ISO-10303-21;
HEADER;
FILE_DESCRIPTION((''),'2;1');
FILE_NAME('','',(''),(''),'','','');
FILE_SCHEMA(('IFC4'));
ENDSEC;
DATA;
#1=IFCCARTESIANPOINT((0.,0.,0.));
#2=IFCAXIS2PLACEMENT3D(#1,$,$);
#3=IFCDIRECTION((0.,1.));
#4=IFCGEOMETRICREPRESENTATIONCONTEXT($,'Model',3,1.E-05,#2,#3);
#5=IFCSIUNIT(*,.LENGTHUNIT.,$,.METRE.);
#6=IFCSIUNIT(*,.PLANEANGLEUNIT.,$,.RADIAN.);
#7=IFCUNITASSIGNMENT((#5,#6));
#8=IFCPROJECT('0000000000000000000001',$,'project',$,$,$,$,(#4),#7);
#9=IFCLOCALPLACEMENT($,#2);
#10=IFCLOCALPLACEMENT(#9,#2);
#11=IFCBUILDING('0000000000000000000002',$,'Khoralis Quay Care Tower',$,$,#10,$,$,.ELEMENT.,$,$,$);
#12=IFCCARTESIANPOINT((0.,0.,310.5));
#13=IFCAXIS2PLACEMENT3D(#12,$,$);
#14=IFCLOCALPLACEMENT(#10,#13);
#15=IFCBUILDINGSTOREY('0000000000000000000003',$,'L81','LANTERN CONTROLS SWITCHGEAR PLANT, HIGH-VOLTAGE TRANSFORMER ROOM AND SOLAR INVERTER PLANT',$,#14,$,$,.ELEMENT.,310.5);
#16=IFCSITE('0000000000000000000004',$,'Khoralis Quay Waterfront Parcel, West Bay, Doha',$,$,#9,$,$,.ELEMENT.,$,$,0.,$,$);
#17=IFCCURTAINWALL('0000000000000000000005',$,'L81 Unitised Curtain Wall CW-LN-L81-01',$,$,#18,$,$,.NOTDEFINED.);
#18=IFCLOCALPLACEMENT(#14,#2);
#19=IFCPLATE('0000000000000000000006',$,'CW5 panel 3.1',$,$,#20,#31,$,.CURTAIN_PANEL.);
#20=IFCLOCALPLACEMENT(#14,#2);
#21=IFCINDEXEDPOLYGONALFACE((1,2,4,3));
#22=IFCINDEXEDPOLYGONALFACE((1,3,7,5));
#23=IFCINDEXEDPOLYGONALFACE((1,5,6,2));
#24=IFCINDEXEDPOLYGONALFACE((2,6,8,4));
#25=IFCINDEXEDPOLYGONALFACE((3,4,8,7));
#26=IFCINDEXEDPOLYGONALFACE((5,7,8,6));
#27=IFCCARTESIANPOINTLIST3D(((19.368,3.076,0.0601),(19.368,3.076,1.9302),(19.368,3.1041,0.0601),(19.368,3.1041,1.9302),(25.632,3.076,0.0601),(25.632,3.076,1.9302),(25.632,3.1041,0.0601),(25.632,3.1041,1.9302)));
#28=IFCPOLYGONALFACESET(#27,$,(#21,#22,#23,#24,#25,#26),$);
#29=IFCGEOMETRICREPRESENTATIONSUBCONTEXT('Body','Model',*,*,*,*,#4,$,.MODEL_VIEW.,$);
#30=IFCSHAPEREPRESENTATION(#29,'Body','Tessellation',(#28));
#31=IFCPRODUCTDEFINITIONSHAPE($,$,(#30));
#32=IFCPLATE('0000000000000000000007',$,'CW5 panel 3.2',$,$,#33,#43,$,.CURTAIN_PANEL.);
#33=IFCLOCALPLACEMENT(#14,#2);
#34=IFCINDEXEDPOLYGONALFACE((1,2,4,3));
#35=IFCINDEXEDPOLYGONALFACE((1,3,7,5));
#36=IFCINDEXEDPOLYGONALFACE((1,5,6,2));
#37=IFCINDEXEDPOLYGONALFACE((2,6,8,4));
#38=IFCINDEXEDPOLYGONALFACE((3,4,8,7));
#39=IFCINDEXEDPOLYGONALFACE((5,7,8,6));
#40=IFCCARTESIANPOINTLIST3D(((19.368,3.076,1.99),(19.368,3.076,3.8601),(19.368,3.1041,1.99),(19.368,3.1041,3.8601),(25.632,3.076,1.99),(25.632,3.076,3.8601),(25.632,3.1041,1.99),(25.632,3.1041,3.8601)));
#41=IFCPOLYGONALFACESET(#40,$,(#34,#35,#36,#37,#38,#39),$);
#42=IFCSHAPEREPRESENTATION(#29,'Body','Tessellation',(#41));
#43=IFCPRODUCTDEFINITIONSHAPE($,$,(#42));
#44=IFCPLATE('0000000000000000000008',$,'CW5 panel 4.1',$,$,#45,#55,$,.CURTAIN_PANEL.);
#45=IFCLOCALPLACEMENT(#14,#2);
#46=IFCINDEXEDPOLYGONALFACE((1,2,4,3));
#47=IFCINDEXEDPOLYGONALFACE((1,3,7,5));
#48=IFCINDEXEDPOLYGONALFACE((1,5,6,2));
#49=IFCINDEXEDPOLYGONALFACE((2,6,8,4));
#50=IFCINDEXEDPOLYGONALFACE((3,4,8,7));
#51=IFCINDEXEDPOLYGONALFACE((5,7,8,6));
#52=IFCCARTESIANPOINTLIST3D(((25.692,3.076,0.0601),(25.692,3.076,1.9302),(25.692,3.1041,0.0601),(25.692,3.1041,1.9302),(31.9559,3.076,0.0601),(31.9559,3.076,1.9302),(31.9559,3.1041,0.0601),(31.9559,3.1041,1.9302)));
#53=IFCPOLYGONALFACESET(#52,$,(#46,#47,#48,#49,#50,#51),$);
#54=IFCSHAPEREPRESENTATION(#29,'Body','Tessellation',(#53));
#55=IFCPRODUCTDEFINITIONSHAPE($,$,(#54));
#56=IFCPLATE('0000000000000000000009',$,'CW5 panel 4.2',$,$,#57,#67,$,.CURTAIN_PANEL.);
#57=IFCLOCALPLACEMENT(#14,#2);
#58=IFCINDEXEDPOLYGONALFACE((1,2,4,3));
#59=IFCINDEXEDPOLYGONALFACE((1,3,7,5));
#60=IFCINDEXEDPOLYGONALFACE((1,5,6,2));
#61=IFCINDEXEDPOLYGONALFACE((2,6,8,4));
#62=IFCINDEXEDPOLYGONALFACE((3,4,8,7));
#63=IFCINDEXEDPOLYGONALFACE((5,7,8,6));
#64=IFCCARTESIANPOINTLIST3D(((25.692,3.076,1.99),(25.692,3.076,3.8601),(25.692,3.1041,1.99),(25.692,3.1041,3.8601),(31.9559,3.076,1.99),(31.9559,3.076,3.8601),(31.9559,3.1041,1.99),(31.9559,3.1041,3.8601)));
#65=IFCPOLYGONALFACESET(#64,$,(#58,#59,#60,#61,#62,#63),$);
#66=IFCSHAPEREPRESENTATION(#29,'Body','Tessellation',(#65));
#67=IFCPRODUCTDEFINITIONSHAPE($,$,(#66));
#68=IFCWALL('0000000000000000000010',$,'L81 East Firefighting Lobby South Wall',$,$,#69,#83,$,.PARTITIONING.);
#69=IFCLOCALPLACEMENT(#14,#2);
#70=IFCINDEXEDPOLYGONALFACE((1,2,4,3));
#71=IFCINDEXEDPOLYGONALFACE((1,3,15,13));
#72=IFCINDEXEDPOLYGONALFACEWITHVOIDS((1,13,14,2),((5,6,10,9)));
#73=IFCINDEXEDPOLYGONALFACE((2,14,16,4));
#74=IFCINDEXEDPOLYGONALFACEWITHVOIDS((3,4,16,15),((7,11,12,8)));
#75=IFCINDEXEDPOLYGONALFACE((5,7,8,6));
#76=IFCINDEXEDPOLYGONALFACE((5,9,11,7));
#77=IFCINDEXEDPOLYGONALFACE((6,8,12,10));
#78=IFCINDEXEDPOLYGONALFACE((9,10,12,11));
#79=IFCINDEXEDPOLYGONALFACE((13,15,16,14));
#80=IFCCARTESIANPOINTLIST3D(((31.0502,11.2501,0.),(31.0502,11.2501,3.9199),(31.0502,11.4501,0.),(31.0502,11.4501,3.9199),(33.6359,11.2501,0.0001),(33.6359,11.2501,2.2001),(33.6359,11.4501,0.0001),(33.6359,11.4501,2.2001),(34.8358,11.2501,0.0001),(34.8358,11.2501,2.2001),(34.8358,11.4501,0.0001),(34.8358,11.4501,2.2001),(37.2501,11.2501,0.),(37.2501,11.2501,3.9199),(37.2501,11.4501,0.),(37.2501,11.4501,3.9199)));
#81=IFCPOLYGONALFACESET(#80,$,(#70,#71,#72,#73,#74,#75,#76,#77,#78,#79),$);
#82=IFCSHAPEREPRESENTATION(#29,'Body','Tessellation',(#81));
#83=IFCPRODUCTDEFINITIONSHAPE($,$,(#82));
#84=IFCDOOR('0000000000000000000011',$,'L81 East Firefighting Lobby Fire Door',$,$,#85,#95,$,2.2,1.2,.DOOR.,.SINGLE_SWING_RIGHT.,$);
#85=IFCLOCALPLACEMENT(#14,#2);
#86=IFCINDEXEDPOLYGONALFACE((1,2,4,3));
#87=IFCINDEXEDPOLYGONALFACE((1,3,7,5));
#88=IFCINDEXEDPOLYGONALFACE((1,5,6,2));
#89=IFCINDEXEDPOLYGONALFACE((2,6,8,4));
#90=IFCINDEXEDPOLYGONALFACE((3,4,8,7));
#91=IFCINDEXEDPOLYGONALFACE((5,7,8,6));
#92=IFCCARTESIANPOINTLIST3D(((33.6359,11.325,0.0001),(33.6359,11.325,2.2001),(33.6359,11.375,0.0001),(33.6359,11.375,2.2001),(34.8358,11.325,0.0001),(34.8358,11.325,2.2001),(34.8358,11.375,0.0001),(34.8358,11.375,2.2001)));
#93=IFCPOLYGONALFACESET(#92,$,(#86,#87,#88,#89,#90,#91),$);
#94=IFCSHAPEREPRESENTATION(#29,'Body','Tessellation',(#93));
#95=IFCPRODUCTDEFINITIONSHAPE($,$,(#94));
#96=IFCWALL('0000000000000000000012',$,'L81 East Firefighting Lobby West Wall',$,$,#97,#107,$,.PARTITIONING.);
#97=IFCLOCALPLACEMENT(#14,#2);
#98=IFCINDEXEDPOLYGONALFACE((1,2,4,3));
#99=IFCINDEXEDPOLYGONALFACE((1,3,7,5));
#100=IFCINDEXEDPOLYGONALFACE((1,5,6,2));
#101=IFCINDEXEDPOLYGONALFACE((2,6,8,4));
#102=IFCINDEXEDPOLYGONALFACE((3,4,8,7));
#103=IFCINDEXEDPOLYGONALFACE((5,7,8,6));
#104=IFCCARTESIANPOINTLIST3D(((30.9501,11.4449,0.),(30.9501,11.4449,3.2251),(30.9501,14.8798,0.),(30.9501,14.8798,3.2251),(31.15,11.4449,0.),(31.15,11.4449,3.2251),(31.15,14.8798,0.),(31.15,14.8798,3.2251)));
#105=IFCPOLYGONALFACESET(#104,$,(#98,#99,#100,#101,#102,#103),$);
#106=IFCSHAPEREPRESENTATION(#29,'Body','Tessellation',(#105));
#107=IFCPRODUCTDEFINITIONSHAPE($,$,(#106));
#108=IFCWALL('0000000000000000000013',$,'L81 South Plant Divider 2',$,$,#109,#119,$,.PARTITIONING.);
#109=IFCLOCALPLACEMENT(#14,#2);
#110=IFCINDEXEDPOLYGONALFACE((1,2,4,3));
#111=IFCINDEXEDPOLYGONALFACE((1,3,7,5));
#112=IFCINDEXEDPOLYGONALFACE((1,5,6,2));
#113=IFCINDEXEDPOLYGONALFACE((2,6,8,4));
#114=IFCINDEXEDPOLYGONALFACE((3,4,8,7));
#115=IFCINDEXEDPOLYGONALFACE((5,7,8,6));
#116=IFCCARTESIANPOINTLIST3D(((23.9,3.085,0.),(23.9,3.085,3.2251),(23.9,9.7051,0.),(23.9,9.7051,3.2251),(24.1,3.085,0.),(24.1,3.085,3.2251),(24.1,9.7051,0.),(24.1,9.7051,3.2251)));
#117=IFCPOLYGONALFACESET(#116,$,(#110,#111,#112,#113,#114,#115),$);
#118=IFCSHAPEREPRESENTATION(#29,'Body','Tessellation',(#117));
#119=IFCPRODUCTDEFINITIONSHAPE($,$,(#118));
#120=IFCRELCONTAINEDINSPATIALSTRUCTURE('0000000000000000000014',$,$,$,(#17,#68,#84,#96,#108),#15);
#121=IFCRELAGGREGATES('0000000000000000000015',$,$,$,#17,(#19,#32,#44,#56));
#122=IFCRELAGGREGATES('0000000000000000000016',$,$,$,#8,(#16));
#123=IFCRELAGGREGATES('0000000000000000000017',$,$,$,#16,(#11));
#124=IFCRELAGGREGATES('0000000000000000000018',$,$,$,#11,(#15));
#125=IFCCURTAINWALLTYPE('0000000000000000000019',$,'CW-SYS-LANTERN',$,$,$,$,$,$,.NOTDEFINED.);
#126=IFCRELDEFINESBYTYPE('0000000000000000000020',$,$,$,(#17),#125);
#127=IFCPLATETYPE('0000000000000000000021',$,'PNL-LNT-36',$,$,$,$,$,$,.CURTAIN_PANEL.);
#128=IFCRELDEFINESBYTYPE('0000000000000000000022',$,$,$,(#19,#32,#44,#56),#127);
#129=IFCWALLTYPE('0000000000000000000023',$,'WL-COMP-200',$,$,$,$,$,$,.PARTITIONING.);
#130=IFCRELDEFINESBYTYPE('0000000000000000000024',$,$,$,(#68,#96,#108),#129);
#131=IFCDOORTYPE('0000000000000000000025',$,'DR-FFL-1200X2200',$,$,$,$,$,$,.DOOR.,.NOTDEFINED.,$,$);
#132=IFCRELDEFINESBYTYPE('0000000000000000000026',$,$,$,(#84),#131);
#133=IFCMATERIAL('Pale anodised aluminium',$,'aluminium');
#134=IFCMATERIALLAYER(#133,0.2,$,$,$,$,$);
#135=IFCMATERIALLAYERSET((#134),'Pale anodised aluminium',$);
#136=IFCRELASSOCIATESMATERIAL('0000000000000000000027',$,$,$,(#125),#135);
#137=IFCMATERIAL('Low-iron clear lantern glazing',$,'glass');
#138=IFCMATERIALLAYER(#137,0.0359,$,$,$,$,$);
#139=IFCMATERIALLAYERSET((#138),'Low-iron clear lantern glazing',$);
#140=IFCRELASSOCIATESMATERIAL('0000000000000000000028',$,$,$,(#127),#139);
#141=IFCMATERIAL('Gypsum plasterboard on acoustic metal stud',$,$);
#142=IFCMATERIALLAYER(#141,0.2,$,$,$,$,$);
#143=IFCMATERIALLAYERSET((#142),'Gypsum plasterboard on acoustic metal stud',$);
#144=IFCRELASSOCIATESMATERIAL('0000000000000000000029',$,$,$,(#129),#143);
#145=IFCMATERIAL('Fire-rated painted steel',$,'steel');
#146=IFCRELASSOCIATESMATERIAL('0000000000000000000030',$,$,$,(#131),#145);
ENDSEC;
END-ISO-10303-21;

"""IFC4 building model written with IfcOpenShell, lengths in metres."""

from ifc_helpers import new_model, si_unit, direction, frame, frame_2d, origin, origin_2d, place, context, subcontext, project, spatial, rectangle, extrude, source, transform, mapped, material, layer, layer_set, type_object, element, fill, aggregate, save


model = new_model("IFC4")

# Units and contexts
model_context = context("Model", 3, precision=1e-05, world=origin(), true_north=direction((0.0, 1.0)))
body_context = subcontext(model_context, "Body", "Model", "MODEL_VIEW")
ifc_project = project(units=[si_unit("LENGTHUNIT", "METRE"), si_unit("PLANEANGLEUNIT", "RADIAN")], contexts=[model_context])

# Site, building, storey
site_placement = place(None, origin())
site = spatial("IfcSite", under=ifc_project, at=site_placement, Name="Khoralis Quay Waterfront Parcel, West Bay, Doha", CompositionType="ELEMENT", RefElevation=0.0)
building_placement = place(site_placement, origin())
building = spatial("IfcBuilding", under=site, at=building_placement, Name="Khoralis Quay Care Tower", CompositionType="ELEMENT")
storey_placement = place(building_placement, frame((0.0, 0.0, 310.5)))
storey = spatial("IfcBuildingStorey", under=building, at=storey_placement, Name="L81", Description="LANTERN CONTROLS SWITCHGEAR PLANT, HIGH-VOLTAGE TRANSFORMER ROOM AND SOLAR INVERTER PLANT", CompositionType="ELEMENT", Elevation=310.5)

# Curtain wall, plates
ifc_material_1 = material(Name="Pale anodised aluminium", Category="aluminium")
ifc_layer_1 = layer(ifc_material_1, 0.2)
ifc_layer_set_1 = layer_set([ifc_layer_1], Name="Pale anodised aluminium")
curtain_wall_type = type_object("IfcCurtainWallType", Name="CW-SYS-LANTERN", PredefinedType="NOTDEFINED", material=ifc_layer_set_1)
curtain_wall_placement = place(storey_placement, origin())
curtain_wall = element("IfcCurtainWall", 1, at=curtain_wall_placement, inside=storey, type_object=curtain_wall_type, Name="L81 Unitised Curtain Wall CW-LN-L81-01", PredefinedType="NOTDEFINED")
ifc_material_2 = material(Name="Low-iron clear lantern glazing", Category="glass")
ifc_layer_2 = layer(ifc_material_2, 0.0359)
ifc_layer_set_2 = layer_set([ifc_layer_2], Name="Low-iron clear lantern glazing")
plate_type = type_object("IfcPlateType", Name="PNL-LNT-36", PredefinedType="CURTAIN_PANEL", material=ifc_layer_set_2)
shared_shape_1 = source(origin(), body_context, "Body", "SweptSolid", [
    extrude(rectangle(XDim=6.2639, YDim=0.0281, at=origin_2d()), origin(), (0.0, 0.0, 1.0), 1.8701),
])
plate_1_placement = place(storey_placement, frame((22.5, 3.0901, 0.0601), z_axis=(0.0, 0.0, 1.0), x_axis=(1.0, 0.0, 0.0)))
plate_1 = element("IfcPlate", 2, at=plate_1_placement, type_object=plate_type, Name="CW5 panel 3.1", PredefinedType="CURTAIN_PANEL", context=body_context, shape_type="MappedRepresentation", body=[
    mapped(shared_shape_1, transform((0.0, 0.0, 0.0), scale=1.0)),
])
plate_2_placement = place(storey_placement, frame((22.5, 3.0901, 1.99), z_axis=(0.0, 0.0, 1.0), x_axis=(1.0, 0.0, 0.0)))
plate_2 = element("IfcPlate", 3, at=plate_2_placement, type_object=plate_type, Name="CW5 panel 3.2", PredefinedType="CURTAIN_PANEL", context=body_context, shape_type="MappedRepresentation", body=[
    mapped(shared_shape_1, transform((0.0, 0.0, 0.0), scale=1.0)),
])
plate_3_placement = place(storey_placement, frame((28.824, 3.0901, 0.0601), z_axis=(0.0, 0.0, 1.0), x_axis=(1.0, 0.0, 0.0)))
plate_3 = element("IfcPlate", 4, at=plate_3_placement, type_object=plate_type, Name="CW5 panel 4.1", PredefinedType="CURTAIN_PANEL", context=body_context, shape_type="MappedRepresentation", body=[
    mapped(shared_shape_1, transform((0.0, 0.0, 0.0), scale=1.0)),
])
plate_4_placement = place(storey_placement, frame((28.824, 3.0901, 1.99), z_axis=(0.0, 0.0, 1.0), x_axis=(1.0, 0.0, 0.0)))
plate_4 = element("IfcPlate", 5, at=plate_4_placement, type_object=plate_type, Name="CW5 panel 4.2", PredefinedType="CURTAIN_PANEL", context=body_context, shape_type="MappedRepresentation", body=[
    mapped(shared_shape_1, transform((0.0, 0.0, 0.0), scale=1.0)),
])
aggregate(curtain_wall, [plate_1, plate_2, plate_3, plate_4])

# Wall, opening, door
ifc_material_3 = material(Name="Gypsum plasterboard on acoustic metal stud")
ifc_layer_3 = layer(ifc_material_3, 0.2)
ifc_layer_set_3 = layer_set([ifc_layer_3], Name="Gypsum plasterboard on acoustic metal stud")
wall_type = type_object("IfcWallType", Name="WL-COMP-200", PredefinedType="PARTITIONING", material=ifc_layer_set_3)
wall_1_placement = place(storey_placement, frame((31.05, 11.3501, 0.0), z_axis=(0.0, 0.0, 1.0), x_axis=(1.0, 0.0, 0.0)))
wall_1 = element("IfcWall", 6, at=wall_1_placement, inside=storey, type_object=wall_type, Name="L81 East Firefighting Lobby South Wall", PredefinedType="PARTITIONING", context=body_context, shape_type="SweptSolid", body=[
    extrude(rectangle(XDim=6.2, YDim=0.2, at=frame_2d((3.1001, 0.0))), origin(), (0.0, 0.0, 1.0), 3.9199),
])
opening_placement = place(wall_1_placement, frame((2.5857, 0.0, 0.0)))
opening = element("IfcOpeningElement", 7, at=opening_placement, cuts=wall_1, PredefinedType="OPENING", context=body_context, shape_type="SweptSolid", body=[
    extrude(rectangle(XDim=1.2, YDim=2.2, at=frame_2d((0.6001, 1.1001))), frame((0.0, 0.1099, 0.0), z_axis=(0.0, -1.0, 0.0), x_axis=(1.0, 0.0, 0.0)), (0.0, 0.0, 1.0), 0.22),
])
ifc_material_4 = material(Name="Fire-rated painted steel", Category="steel")
door_type = type_object("IfcDoorType", Name="DR-FFL-1200X2200", OperationType="NOTDEFINED", PredefinedType="DOOR", material=ifc_material_4)
shared_shape_2 = source(origin(), body_context, "Body", "SweptSolid", [
    extrude(rectangle(XDim=1.2, YDim=2.2, at=frame_2d((0.6001, 1.1001))), frame((0.0, 0.0249, 0.0), z_axis=(0.0, -1.0, 0.0), x_axis=(1.0, 0.0, 0.0)), (0.0, 0.0, 1.0), 0.05),
])
door_placement = place(opening_placement, origin())
door = element("IfcDoor", 8, at=door_placement, inside=storey, type_object=door_type, Name="L81 East Firefighting Lobby Fire Door", OperationType="SINGLE_SWING_RIGHT", OverallHeight=2.2, OverallWidth=1.2, PredefinedType="DOOR", context=body_context, shape_type="MappedRepresentation", body=[
    mapped(shared_shape_2, transform((0.0, 0.0, 0.0), scale=1.0)),
])
fill(opening, door)

# Walls
wall_2_placement = place(storey_placement, frame((31.05, 11.4451, 0.0), z_axis=(0.0, 0.0, 1.0), x_axis=(0.0, 1.0, 0.0)))
element("IfcWall", 9, at=wall_2_placement, inside=storey, type_object=wall_type, Name="L81 East Firefighting Lobby West Wall", PredefinedType="PARTITIONING", context=body_context, shape_type="SweptSolid", body=[
    extrude(rectangle(XDim=3.4348, YDim=0.2, at=frame_2d((1.7173, 0.0))), origin(), (0.0, 0.0, 1.0), 3.2251),
])
wall_3_placement = place(storey_placement, frame((24.0, 3.085, 0.0), z_axis=(0.0, 0.0, 1.0), x_axis=(0.0, 1.0, 0.0)))
element("IfcWall", 10, at=wall_3_placement, inside=storey, type_object=wall_type, Name="L81 South Plant Divider 2", PredefinedType="PARTITIONING", context=body_context, shape_type="SweptSolid", body=[
    extrude(rectangle(XDim=6.6201, YDim=0.2, at=frame_2d((3.3101, 0.0))), origin(), (0.0, 0.0, 1.0), 3.2251),
])

save(model, "model.ifc")
